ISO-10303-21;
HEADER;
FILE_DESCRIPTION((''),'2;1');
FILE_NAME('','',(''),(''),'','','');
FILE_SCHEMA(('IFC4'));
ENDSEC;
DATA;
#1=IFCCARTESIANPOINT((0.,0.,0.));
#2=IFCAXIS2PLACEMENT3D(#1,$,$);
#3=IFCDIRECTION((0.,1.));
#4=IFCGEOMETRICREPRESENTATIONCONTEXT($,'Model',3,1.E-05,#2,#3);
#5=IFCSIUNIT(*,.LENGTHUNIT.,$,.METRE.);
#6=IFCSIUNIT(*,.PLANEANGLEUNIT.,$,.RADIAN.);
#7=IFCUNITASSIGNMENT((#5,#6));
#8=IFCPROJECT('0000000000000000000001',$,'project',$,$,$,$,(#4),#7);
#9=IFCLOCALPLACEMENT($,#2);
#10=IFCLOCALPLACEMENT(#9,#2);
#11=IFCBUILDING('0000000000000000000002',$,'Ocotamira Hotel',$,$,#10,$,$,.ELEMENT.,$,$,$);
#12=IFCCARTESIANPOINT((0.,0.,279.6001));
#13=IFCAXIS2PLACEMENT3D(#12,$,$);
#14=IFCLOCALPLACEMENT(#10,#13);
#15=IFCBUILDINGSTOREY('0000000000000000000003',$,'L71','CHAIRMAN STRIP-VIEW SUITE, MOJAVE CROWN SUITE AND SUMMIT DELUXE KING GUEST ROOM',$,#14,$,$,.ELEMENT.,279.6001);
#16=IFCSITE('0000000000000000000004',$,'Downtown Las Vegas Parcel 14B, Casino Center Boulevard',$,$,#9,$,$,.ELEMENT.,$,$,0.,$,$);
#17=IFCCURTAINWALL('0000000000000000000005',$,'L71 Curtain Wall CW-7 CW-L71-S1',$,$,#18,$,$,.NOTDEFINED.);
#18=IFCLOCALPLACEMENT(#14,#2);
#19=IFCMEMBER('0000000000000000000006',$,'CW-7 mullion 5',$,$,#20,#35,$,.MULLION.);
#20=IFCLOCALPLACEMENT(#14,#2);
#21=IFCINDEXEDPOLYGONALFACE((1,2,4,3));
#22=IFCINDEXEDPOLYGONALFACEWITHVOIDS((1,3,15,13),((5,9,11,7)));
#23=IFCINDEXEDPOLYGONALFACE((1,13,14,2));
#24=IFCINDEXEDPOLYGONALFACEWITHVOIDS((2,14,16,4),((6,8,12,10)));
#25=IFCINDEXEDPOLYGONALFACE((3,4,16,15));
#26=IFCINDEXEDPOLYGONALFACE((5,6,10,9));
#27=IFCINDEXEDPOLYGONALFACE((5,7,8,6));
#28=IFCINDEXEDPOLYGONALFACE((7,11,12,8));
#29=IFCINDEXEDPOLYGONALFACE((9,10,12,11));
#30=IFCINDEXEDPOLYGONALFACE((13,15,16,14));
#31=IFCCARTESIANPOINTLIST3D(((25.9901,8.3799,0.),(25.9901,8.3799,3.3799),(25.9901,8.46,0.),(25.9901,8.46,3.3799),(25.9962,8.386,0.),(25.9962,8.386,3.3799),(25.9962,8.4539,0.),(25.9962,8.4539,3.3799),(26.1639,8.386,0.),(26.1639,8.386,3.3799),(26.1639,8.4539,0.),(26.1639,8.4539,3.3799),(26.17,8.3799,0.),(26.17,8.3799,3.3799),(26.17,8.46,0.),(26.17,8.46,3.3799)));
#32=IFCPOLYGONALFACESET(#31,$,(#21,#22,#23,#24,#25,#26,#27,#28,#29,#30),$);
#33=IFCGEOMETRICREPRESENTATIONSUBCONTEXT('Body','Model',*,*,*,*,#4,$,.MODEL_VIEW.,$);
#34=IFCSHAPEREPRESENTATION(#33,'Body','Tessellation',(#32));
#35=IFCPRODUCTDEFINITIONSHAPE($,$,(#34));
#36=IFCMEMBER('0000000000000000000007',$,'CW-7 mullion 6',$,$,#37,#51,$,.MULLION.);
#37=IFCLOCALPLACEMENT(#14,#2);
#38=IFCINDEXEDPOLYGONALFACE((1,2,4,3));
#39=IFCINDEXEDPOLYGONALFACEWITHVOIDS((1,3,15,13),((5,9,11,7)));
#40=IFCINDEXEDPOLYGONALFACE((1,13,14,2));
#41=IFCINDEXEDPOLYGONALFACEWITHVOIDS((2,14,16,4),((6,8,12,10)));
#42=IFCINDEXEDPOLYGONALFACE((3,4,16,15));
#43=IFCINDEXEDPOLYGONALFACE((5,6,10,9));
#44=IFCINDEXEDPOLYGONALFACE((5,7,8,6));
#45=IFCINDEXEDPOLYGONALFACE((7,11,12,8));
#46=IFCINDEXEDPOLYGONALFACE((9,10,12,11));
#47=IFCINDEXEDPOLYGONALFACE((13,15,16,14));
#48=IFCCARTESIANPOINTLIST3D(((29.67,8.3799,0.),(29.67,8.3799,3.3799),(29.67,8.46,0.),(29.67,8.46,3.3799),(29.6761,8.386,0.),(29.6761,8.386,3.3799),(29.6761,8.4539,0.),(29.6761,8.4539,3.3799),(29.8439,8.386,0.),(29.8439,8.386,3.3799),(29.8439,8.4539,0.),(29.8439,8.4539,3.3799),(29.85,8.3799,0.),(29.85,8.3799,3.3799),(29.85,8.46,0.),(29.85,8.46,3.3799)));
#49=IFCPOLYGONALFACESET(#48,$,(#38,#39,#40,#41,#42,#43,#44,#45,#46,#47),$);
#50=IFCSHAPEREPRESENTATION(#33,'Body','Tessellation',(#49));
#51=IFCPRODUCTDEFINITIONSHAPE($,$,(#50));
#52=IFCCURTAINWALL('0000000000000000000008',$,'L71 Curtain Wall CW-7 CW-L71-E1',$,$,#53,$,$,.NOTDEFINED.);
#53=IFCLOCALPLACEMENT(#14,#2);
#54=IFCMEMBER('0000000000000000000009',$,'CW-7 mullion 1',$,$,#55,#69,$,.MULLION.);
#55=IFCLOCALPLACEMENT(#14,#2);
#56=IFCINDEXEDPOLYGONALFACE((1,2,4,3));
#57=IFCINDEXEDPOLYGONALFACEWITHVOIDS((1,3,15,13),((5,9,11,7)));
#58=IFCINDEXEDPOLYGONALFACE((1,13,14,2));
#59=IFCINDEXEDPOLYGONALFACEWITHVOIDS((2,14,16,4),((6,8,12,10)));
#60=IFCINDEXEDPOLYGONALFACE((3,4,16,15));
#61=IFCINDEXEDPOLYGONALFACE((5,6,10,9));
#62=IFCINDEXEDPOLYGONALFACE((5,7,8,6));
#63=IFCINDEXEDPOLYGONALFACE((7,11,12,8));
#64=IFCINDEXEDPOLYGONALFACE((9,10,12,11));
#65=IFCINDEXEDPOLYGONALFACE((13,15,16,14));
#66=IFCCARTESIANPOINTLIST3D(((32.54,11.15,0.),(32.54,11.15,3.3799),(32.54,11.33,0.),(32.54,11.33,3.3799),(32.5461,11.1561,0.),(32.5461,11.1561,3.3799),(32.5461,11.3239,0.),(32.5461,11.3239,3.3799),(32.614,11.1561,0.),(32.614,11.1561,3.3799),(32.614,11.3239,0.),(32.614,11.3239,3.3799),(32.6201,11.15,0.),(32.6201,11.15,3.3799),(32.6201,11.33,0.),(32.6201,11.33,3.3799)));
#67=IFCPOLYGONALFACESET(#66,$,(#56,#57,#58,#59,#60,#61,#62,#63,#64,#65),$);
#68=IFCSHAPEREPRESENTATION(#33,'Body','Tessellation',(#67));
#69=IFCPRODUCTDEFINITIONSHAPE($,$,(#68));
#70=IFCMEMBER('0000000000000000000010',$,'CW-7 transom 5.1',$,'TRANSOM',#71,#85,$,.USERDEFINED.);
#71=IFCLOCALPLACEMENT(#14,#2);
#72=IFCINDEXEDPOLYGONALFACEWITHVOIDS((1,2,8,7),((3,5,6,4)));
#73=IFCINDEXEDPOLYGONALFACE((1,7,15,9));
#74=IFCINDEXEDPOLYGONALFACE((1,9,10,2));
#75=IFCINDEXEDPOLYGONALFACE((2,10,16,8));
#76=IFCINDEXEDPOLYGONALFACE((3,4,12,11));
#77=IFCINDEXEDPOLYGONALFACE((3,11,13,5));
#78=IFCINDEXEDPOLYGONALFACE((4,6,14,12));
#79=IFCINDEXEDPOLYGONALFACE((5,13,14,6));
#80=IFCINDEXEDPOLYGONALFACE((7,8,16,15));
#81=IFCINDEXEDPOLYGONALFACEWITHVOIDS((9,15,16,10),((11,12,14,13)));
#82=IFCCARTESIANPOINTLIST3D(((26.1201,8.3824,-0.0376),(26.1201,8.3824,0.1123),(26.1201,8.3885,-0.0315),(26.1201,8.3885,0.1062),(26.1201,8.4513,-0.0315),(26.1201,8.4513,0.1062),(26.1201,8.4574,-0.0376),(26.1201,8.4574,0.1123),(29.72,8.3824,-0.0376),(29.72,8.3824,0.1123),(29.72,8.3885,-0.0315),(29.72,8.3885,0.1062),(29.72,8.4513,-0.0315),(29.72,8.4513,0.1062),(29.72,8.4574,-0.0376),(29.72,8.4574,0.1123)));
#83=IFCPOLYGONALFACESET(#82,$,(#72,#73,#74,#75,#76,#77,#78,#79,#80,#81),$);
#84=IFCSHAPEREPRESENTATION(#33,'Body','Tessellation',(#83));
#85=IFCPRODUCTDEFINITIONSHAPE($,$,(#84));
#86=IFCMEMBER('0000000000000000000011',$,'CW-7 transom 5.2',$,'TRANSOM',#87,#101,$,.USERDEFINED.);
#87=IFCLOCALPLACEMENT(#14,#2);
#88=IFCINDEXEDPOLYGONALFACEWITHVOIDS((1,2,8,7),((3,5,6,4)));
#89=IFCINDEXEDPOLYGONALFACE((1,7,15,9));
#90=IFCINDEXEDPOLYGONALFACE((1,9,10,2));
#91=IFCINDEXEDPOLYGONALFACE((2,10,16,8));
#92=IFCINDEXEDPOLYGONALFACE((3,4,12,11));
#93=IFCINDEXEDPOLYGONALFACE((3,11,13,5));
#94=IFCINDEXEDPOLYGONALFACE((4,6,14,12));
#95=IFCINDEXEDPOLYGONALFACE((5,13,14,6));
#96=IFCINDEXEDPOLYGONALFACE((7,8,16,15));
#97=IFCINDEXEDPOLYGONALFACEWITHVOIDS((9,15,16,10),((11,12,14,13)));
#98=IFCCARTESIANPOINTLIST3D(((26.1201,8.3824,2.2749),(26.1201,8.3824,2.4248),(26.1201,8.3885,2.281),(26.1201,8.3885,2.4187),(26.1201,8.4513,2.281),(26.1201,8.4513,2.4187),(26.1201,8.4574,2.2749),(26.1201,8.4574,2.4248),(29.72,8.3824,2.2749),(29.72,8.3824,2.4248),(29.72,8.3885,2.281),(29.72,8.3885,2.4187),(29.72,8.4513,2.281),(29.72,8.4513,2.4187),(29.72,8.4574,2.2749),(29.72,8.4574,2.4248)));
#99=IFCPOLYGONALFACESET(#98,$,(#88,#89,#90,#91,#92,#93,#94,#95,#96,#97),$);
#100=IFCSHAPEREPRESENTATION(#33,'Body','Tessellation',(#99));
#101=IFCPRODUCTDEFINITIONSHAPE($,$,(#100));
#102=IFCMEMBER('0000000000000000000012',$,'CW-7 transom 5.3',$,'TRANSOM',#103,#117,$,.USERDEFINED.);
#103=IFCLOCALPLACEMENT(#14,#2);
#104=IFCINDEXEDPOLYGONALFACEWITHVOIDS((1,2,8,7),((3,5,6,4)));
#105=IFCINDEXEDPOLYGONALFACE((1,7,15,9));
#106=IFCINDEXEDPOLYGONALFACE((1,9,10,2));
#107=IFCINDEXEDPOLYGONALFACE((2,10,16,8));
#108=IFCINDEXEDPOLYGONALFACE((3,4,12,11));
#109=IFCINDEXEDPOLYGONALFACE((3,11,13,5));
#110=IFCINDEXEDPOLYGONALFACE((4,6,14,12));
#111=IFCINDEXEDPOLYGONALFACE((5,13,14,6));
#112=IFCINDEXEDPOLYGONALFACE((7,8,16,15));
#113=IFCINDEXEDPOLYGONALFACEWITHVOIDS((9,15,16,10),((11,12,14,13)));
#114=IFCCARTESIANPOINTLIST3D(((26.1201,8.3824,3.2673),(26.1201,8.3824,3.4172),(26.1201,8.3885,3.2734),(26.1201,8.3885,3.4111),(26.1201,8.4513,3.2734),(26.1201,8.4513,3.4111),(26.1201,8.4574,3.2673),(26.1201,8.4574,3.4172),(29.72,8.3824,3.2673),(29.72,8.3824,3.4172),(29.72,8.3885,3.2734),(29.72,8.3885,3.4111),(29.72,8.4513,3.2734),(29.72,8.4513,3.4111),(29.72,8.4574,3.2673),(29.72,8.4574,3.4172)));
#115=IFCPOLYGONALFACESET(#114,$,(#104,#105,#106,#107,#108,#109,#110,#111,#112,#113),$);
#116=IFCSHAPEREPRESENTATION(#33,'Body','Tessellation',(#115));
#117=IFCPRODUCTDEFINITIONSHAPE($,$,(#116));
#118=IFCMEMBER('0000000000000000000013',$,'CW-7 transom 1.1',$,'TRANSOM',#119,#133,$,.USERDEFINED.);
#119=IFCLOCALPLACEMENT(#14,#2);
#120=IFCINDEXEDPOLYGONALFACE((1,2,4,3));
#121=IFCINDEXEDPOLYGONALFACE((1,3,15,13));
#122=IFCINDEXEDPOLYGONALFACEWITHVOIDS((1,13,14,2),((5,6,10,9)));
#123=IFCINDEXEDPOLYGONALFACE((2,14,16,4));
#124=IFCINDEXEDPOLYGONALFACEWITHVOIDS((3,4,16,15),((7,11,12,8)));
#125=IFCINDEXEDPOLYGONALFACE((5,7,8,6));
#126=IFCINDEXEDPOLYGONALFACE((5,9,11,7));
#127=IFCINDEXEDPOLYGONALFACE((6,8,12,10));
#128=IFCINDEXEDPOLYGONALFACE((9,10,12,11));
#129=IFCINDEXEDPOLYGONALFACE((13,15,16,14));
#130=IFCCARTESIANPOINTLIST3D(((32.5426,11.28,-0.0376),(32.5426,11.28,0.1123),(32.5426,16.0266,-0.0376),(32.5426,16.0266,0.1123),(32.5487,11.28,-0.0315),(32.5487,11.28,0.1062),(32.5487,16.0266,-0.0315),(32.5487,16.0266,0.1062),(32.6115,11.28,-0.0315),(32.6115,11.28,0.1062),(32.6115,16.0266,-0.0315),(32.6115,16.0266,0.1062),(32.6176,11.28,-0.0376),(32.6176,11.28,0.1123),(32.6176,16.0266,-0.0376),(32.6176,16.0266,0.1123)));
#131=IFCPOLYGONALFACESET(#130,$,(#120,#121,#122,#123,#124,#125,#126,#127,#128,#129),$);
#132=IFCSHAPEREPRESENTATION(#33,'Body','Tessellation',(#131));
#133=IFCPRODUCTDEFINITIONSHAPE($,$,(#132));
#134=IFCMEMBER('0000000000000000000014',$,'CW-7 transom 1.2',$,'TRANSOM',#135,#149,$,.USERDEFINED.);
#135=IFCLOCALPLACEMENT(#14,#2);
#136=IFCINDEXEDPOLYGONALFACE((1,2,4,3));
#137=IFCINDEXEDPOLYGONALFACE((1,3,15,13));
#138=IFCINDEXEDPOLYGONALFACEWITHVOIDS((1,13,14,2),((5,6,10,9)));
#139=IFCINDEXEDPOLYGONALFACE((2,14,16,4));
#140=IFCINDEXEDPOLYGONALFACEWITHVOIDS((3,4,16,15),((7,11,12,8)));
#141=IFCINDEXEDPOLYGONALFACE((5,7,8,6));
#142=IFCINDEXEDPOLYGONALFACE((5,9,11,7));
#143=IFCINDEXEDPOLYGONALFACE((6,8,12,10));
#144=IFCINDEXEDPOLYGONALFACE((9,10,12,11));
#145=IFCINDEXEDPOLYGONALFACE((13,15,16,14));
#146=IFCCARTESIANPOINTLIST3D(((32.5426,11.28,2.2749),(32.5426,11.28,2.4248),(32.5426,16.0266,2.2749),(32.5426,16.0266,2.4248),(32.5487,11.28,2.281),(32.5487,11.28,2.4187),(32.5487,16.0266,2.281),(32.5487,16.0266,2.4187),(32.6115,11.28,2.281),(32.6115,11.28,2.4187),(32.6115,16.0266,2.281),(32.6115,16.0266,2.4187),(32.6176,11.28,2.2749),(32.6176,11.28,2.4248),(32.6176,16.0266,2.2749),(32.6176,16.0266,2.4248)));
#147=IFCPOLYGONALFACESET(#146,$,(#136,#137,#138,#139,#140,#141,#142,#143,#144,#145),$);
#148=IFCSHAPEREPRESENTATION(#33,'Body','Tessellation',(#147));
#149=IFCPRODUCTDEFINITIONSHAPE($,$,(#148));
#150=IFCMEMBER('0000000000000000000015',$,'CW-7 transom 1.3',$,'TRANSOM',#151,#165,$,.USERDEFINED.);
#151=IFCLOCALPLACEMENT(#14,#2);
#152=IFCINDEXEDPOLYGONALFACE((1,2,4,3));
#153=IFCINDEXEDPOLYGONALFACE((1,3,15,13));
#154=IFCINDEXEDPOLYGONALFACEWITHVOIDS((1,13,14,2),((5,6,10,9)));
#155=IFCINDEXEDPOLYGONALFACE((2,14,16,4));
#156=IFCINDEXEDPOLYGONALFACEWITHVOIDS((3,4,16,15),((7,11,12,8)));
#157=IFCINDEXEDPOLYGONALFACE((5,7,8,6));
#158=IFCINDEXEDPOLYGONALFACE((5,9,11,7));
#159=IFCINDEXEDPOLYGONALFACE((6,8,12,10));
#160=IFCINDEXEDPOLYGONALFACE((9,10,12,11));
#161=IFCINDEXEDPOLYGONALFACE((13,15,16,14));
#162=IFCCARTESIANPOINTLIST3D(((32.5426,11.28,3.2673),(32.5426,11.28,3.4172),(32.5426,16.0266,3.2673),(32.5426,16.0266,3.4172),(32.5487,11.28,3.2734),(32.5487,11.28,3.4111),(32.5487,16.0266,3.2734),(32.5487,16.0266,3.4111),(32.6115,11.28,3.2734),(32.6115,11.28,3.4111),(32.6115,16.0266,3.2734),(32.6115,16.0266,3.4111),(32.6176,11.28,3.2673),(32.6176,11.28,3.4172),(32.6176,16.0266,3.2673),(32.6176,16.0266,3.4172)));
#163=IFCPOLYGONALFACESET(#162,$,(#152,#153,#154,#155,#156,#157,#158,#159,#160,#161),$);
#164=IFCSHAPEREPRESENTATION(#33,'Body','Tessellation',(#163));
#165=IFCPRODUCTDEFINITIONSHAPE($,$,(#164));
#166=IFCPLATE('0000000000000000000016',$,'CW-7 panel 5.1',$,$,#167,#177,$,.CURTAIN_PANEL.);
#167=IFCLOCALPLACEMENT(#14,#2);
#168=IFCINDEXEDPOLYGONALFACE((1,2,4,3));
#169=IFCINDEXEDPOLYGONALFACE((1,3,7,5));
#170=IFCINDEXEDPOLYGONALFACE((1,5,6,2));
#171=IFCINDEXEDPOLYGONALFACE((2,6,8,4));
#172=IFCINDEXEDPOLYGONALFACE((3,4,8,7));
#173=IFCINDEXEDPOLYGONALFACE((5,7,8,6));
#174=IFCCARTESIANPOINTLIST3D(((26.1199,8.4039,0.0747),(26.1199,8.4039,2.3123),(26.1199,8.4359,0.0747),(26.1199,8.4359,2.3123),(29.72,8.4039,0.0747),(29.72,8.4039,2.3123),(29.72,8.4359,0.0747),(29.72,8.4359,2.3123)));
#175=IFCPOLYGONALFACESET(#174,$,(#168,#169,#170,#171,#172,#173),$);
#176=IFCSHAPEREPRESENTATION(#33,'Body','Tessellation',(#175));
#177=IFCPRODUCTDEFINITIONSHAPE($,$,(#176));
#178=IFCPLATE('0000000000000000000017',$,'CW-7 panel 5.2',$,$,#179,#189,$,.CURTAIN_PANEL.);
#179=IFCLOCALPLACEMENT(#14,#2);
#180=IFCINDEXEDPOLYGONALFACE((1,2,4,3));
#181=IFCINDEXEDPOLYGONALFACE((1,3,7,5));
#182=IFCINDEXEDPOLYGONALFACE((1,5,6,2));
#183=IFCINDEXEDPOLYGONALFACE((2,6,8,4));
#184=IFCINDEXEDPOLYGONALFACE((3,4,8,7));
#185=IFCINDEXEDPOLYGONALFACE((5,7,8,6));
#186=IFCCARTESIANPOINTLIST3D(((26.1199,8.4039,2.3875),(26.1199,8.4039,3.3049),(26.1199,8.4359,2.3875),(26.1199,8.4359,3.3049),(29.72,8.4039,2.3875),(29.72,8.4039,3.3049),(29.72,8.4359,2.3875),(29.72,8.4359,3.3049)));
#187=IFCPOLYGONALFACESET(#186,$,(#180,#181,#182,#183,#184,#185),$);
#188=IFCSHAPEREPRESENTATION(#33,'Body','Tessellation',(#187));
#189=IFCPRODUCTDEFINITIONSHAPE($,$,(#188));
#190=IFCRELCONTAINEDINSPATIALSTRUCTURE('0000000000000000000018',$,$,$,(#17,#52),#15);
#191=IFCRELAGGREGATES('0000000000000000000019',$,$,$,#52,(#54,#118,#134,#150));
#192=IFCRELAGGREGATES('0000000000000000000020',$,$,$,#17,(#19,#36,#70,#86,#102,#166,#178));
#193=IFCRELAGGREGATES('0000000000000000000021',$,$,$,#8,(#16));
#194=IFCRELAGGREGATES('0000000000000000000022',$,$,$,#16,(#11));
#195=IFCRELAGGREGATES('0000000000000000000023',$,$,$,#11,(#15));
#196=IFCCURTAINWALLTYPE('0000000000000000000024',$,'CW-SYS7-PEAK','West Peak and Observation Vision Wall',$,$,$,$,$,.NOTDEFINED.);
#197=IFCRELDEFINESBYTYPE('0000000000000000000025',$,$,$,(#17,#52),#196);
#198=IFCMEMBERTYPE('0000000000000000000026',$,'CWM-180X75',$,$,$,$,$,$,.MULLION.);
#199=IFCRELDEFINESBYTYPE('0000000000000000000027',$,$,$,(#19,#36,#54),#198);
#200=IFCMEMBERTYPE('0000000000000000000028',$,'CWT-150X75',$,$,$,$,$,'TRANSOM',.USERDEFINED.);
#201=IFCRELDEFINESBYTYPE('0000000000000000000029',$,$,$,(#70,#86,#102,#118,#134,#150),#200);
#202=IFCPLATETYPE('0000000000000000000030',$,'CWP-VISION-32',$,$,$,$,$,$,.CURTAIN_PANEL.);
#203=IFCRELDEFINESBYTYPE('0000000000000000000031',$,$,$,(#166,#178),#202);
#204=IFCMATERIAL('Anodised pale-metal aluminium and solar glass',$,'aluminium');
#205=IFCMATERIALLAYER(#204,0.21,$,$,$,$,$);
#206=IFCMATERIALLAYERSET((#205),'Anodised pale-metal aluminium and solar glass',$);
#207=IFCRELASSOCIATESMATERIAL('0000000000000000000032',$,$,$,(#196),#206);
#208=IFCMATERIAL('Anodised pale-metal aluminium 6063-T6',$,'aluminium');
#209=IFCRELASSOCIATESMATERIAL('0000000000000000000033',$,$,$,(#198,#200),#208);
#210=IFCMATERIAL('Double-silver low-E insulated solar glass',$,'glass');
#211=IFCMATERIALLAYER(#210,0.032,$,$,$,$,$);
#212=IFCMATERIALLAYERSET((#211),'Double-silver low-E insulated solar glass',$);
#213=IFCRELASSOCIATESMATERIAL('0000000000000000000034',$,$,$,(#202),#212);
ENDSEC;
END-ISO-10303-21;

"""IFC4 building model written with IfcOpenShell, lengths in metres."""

from ifc_helpers import new_model, si_unit, direction, frame, origin, origin_2d, place, context, subcontext, project, spatial, rectangle, hollow_rectangle, extrude, source, transform, mapped, material, layer, layer_set, material_profile, profile_set, type_object, element, aggregate, save


model = new_model("IFC4")

# Units and contexts
model_context = context("Model", 3, precision=1e-05, world=origin(), true_north=direction((0.0, 1.0)))
body_context = subcontext(model_context, "Body", "Model", "MODEL_VIEW")
ifc_project = project(units=[si_unit("LENGTHUNIT", "METRE"), si_unit("PLANEANGLEUNIT", "RADIAN")], contexts=[model_context])

# Site, building, storey
site_placement = place(None, origin())
site = spatial("IfcSite", under=ifc_project, at=site_placement, Name="Downtown Las Vegas Parcel 14B, Casino Center Boulevard", CompositionType="ELEMENT", RefElevation=0.0)
building_placement = place(site_placement, origin())
building = spatial("IfcBuilding", under=site, at=building_placement, Name="Ocotamira Hotel", CompositionType="ELEMENT")
storey_placement = place(building_placement, frame((0.0, 0.0, 279.6001)))
storey = spatial("IfcBuildingStorey", under=building, at=storey_placement, Name="L71", Description="CHAIRMAN STRIP-VIEW SUITE, MOJAVE CROWN SUITE AND SUMMIT DELUXE KING GUEST ROOM", CompositionType="ELEMENT", Elevation=279.6001)

# Curtain wall, members
ifc_material_1 = material(Name="Anodised pale-metal aluminium and solar glass", Category="aluminium")
ifc_layer_1 = layer(ifc_material_1, 0.21)
ifc_layer_set_1 = layer_set([ifc_layer_1], Name="Anodised pale-metal aluminium and solar glass")
curtain_wall_type = type_object("IfcCurtainWallType", Name="CW-SYS7-PEAK", Description="West Peak and Observation Vision Wall", PredefinedType="NOTDEFINED", material=ifc_layer_set_1)
curtain_wall_1_placement = place(storey_placement, origin())
curtain_wall_1 = element("IfcCurtainWall", 1, at=curtain_wall_1_placement, inside=storey, type_object=curtain_wall_type, Name="L71 Curtain Wall CW-7 CW-L71-S1", PredefinedType="NOTDEFINED")
ifc_material_2 = material(Name="Anodised pale-metal aluminium 6063-T6", Category="aluminium")
ifc_material_profile_1 = material_profile(ifc_material_2, hollow_rectangle(XDim=0.0801, YDim=0.1799, WallThickness=0.0061, at=origin_2d()), Name="HSS180X80X6")
ifc_profile_set_1 = profile_set([ifc_material_profile_1], Name="Anodised pale-metal aluminium 6063-T6")
member_type_1 = type_object("IfcMemberType", Name="CWM-180X75", PredefinedType="MULLION", material=ifc_profile_set_1)
shared_shape_1 = source(origin(), body_context, "Body", "SweptSolid", [
    extrude(hollow_rectangle(XDim=0.0801, YDim=0.1799, WallThickness=0.0061, at=origin_2d()), origin(), (0.0, 0.0, 1.0), 3.3799),
])
member_1_placement = place(storey_placement, frame((26.0801, 8.4199, 0.0), z_axis=(0.0, 0.0, 1.0), x_axis=(0.0, 1.0, 0.0)))
member_1 = element("IfcMember", 2, at=member_1_placement, type_object=member_type_1, Name="CW-7 mullion 5", PredefinedType="MULLION", context=body_context, shape_type="MappedRepresentation", body=[
    mapped(shared_shape_1, transform((0.0, 0.0, 0.0), scale=1.0)),
])
member_2_placement = place(storey_placement, frame((29.76, 8.4199, 0.0), z_axis=(0.0, 0.0, 1.0), x_axis=(0.0, 1.0, 0.0)))
member_2 = element("IfcMember", 3, at=member_2_placement, type_object=member_type_1, Name="CW-7 mullion 6", PredefinedType="MULLION", context=body_context, shape_type="MappedRepresentation", body=[
    mapped(shared_shape_1, transform((0.0, 0.0, 0.0), scale=1.0)),
])

# Curtain wall, member
curtain_wall_2_placement = place(storey_placement, origin())
curtain_wall_2 = element("IfcCurtainWall", 4, at=curtain_wall_2_placement, inside=storey, type_object=curtain_wall_type, Name="L71 Curtain Wall CW-7 CW-L71-E1", PredefinedType="NOTDEFINED")
member_3_placement = place(storey_placement, frame((32.5801, 11.24, 0.0), z_axis=(0.0, 0.0, 1.0), x_axis=(-1.0, 0.0, 0.0)))
member_3 = element("IfcMember", 5, at=member_3_placement, type_object=member_type_1, Name="CW-7 mullion 1", PredefinedType="MULLION", context=body_context, shape_type="MappedRepresentation", body=[
    mapped(shared_shape_1, transform((0.0, 0.0, 0.0), scale=1.0)),
])

# Members
ifc_material_profile_2 = material_profile(ifc_material_2, hollow_rectangle(XDim=0.075, YDim=0.1499, WallThickness=0.0061, at=origin_2d()), Name="HSS150X75X6")
ifc_profile_set_2 = profile_set([ifc_material_profile_2], Name="Anodised pale-metal aluminium 6063-T6")
member_type_2 = type_object("IfcMemberType", Name="CWT-150X75", ElementType="TRANSOM", PredefinedType="USERDEFINED", material=ifc_profile_set_2)
shared_shape_2 = source(origin(), body_context, "Body", "SweptSolid", [
    extrude(hollow_rectangle(XDim=0.075, YDim=0.1499, WallThickness=0.0061, at=origin_2d()), origin(), (0.0, 0.0, 1.0), 3.5999),
])
member_4_placement = place(storey_placement, frame((26.1201, 8.4199, 0.0374), z_axis=(1.0, 0.0, 0.0), x_axis=(0.0, 1.0, 0.0)))
member_4 = element("IfcMember", 6, at=member_4_placement, type_object=member_type_2, Name="CW-7 transom 5.1", ObjectType="TRANSOM", PredefinedType="USERDEFINED", context=body_context, shape_type="MappedRepresentation", body=[
    mapped(shared_shape_2, transform((0.0, 0.0, 0.0), scale=1.0)),
])
member_5_placement = place(storey_placement, frame((26.1201, 8.4199, 2.3499), z_axis=(1.0, 0.0, 0.0), x_axis=(0.0, 1.0, 0.0)))
member_5 = element("IfcMember", 7, at=member_5_placement, type_object=member_type_2, Name="CW-7 transom 5.2", ObjectType="TRANSOM", PredefinedType="USERDEFINED", context=body_context, shape_type="MappedRepresentation", body=[
    mapped(shared_shape_2, transform((0.0, 0.0, 0.0), scale=1.0)),
])
member_6_placement = place(storey_placement, frame((26.1201, 8.4199, 3.3423), z_axis=(1.0, 0.0, 0.0), x_axis=(0.0, 1.0, 0.0)))
member_6 = element("IfcMember", 8, at=member_6_placement, type_object=member_type_2, Name="CW-7 transom 5.3", ObjectType="TRANSOM", PredefinedType="USERDEFINED", context=body_context, shape_type="MappedRepresentation", body=[
    mapped(shared_shape_2, transform((0.0, 0.0, 0.0), scale=1.0)),
])
shared_shape_3 = source(origin(), body_context, "Body", "SweptSolid", [
    extrude(hollow_rectangle(XDim=0.075, YDim=0.1499, WallThickness=0.0061, at=origin_2d()), origin(), (0.0, 0.0, 1.0), 4.7466),
])
member_7_placement = place(storey_placement, frame((32.5801, 11.28, 0.0374), z_axis=(0.0, 1.0, 0.0), x_axis=(-1.0, 0.0, 0.0)))
member_7 = element("IfcMember", 9, at=member_7_placement, type_object=member_type_2, Name="CW-7 transom 1.1", ObjectType="TRANSOM", PredefinedType="USERDEFINED", context=body_context, shape_type="MappedRepresentation", body=[
    mapped(shared_shape_3, transform((0.0, 0.0, 0.0), scale=1.0)),
])
member_8_placement = place(storey_placement, frame((32.5801, 11.28, 2.3499), z_axis=(0.0, 1.0, 0.0), x_axis=(-1.0, 0.0, 0.0)))
member_8 = element("IfcMember", 10, at=member_8_placement, type_object=member_type_2, Name="CW-7 transom 1.2", ObjectType="TRANSOM", PredefinedType="USERDEFINED", context=body_context, shape_type="MappedRepresentation", body=[
    mapped(shared_shape_3, transform((0.0, 0.0, 0.0), scale=1.0)),
])
member_9_placement = place(storey_placement, frame((32.5801, 11.28, 3.3423), z_axis=(0.0, 1.0, 0.0), x_axis=(-1.0, 0.0, 0.0)))
member_9 = element("IfcMember", 11, at=member_9_placement, type_object=member_type_2, Name="CW-7 transom 1.3", ObjectType="TRANSOM", PredefinedType="USERDEFINED", context=body_context, shape_type="MappedRepresentation", body=[
    mapped(shared_shape_3, transform((0.0, 0.0, 0.0), scale=1.0)),
])
aggregate(curtain_wall_2, [member_3, member_7, member_8, member_9])

# Plates
ifc_material_3 = material(Name="Double-silver low-E insulated solar glass", Category="glass")
ifc_layer_2 = layer(ifc_material_3, 0.032)
ifc_layer_set_2 = layer_set([ifc_layer_2], Name="Double-silver low-E insulated solar glass")
plate_type = type_object("IfcPlateType", Name="CWP-VISION-32", PredefinedType="CURTAIN_PANEL", material=ifc_layer_set_2)
shared_shape_4 = source(origin(), body_context, "Body", "SweptSolid", [
    extrude(rectangle(XDim=3.6001, YDim=0.032, at=origin_2d()), origin(), (0.0, 0.0, 1.0), 2.2375),
])
plate_1_placement = place(storey_placement, frame((27.9199, 8.4199, 0.0747), z_axis=(0.0, 0.0, 1.0), x_axis=(1.0, 0.0, 0.0)))
plate_1 = element("IfcPlate", 12, at=plate_1_placement, type_object=plate_type, Name="CW-7 panel 5.1", PredefinedType="CURTAIN_PANEL", context=body_context, shape_type="MappedRepresentation", body=[
    mapped(shared_shape_4, transform((0.0, 0.0, 0.0), scale=1.0)),
])
shared_shape_5 = source(origin(), body_context, "Body", "SweptSolid", [
    extrude(rectangle(XDim=3.6001, YDim=0.032, at=origin_2d()), origin(), (0.0, 0.0, 1.0), 0.9175),
])
plate_2_placement = place(storey_placement, frame((27.9199, 8.4199, 2.3875), z_axis=(0.0, 0.0, 1.0), x_axis=(1.0, 0.0, 0.0)))
plate_2 = element("IfcPlate", 13, at=plate_2_placement, type_object=plate_type, Name="CW-7 panel 5.2", PredefinedType="CURTAIN_PANEL", context=body_context, shape_type="MappedRepresentation", body=[
    mapped(shared_shape_5, transform((0.0, 0.0, 0.0), scale=1.0)),
])
aggregate(curtain_wall_1, [member_1, member_2, member_4, member_5, member_6, plate_1, plate_2])

save(model, "model.ifc")
